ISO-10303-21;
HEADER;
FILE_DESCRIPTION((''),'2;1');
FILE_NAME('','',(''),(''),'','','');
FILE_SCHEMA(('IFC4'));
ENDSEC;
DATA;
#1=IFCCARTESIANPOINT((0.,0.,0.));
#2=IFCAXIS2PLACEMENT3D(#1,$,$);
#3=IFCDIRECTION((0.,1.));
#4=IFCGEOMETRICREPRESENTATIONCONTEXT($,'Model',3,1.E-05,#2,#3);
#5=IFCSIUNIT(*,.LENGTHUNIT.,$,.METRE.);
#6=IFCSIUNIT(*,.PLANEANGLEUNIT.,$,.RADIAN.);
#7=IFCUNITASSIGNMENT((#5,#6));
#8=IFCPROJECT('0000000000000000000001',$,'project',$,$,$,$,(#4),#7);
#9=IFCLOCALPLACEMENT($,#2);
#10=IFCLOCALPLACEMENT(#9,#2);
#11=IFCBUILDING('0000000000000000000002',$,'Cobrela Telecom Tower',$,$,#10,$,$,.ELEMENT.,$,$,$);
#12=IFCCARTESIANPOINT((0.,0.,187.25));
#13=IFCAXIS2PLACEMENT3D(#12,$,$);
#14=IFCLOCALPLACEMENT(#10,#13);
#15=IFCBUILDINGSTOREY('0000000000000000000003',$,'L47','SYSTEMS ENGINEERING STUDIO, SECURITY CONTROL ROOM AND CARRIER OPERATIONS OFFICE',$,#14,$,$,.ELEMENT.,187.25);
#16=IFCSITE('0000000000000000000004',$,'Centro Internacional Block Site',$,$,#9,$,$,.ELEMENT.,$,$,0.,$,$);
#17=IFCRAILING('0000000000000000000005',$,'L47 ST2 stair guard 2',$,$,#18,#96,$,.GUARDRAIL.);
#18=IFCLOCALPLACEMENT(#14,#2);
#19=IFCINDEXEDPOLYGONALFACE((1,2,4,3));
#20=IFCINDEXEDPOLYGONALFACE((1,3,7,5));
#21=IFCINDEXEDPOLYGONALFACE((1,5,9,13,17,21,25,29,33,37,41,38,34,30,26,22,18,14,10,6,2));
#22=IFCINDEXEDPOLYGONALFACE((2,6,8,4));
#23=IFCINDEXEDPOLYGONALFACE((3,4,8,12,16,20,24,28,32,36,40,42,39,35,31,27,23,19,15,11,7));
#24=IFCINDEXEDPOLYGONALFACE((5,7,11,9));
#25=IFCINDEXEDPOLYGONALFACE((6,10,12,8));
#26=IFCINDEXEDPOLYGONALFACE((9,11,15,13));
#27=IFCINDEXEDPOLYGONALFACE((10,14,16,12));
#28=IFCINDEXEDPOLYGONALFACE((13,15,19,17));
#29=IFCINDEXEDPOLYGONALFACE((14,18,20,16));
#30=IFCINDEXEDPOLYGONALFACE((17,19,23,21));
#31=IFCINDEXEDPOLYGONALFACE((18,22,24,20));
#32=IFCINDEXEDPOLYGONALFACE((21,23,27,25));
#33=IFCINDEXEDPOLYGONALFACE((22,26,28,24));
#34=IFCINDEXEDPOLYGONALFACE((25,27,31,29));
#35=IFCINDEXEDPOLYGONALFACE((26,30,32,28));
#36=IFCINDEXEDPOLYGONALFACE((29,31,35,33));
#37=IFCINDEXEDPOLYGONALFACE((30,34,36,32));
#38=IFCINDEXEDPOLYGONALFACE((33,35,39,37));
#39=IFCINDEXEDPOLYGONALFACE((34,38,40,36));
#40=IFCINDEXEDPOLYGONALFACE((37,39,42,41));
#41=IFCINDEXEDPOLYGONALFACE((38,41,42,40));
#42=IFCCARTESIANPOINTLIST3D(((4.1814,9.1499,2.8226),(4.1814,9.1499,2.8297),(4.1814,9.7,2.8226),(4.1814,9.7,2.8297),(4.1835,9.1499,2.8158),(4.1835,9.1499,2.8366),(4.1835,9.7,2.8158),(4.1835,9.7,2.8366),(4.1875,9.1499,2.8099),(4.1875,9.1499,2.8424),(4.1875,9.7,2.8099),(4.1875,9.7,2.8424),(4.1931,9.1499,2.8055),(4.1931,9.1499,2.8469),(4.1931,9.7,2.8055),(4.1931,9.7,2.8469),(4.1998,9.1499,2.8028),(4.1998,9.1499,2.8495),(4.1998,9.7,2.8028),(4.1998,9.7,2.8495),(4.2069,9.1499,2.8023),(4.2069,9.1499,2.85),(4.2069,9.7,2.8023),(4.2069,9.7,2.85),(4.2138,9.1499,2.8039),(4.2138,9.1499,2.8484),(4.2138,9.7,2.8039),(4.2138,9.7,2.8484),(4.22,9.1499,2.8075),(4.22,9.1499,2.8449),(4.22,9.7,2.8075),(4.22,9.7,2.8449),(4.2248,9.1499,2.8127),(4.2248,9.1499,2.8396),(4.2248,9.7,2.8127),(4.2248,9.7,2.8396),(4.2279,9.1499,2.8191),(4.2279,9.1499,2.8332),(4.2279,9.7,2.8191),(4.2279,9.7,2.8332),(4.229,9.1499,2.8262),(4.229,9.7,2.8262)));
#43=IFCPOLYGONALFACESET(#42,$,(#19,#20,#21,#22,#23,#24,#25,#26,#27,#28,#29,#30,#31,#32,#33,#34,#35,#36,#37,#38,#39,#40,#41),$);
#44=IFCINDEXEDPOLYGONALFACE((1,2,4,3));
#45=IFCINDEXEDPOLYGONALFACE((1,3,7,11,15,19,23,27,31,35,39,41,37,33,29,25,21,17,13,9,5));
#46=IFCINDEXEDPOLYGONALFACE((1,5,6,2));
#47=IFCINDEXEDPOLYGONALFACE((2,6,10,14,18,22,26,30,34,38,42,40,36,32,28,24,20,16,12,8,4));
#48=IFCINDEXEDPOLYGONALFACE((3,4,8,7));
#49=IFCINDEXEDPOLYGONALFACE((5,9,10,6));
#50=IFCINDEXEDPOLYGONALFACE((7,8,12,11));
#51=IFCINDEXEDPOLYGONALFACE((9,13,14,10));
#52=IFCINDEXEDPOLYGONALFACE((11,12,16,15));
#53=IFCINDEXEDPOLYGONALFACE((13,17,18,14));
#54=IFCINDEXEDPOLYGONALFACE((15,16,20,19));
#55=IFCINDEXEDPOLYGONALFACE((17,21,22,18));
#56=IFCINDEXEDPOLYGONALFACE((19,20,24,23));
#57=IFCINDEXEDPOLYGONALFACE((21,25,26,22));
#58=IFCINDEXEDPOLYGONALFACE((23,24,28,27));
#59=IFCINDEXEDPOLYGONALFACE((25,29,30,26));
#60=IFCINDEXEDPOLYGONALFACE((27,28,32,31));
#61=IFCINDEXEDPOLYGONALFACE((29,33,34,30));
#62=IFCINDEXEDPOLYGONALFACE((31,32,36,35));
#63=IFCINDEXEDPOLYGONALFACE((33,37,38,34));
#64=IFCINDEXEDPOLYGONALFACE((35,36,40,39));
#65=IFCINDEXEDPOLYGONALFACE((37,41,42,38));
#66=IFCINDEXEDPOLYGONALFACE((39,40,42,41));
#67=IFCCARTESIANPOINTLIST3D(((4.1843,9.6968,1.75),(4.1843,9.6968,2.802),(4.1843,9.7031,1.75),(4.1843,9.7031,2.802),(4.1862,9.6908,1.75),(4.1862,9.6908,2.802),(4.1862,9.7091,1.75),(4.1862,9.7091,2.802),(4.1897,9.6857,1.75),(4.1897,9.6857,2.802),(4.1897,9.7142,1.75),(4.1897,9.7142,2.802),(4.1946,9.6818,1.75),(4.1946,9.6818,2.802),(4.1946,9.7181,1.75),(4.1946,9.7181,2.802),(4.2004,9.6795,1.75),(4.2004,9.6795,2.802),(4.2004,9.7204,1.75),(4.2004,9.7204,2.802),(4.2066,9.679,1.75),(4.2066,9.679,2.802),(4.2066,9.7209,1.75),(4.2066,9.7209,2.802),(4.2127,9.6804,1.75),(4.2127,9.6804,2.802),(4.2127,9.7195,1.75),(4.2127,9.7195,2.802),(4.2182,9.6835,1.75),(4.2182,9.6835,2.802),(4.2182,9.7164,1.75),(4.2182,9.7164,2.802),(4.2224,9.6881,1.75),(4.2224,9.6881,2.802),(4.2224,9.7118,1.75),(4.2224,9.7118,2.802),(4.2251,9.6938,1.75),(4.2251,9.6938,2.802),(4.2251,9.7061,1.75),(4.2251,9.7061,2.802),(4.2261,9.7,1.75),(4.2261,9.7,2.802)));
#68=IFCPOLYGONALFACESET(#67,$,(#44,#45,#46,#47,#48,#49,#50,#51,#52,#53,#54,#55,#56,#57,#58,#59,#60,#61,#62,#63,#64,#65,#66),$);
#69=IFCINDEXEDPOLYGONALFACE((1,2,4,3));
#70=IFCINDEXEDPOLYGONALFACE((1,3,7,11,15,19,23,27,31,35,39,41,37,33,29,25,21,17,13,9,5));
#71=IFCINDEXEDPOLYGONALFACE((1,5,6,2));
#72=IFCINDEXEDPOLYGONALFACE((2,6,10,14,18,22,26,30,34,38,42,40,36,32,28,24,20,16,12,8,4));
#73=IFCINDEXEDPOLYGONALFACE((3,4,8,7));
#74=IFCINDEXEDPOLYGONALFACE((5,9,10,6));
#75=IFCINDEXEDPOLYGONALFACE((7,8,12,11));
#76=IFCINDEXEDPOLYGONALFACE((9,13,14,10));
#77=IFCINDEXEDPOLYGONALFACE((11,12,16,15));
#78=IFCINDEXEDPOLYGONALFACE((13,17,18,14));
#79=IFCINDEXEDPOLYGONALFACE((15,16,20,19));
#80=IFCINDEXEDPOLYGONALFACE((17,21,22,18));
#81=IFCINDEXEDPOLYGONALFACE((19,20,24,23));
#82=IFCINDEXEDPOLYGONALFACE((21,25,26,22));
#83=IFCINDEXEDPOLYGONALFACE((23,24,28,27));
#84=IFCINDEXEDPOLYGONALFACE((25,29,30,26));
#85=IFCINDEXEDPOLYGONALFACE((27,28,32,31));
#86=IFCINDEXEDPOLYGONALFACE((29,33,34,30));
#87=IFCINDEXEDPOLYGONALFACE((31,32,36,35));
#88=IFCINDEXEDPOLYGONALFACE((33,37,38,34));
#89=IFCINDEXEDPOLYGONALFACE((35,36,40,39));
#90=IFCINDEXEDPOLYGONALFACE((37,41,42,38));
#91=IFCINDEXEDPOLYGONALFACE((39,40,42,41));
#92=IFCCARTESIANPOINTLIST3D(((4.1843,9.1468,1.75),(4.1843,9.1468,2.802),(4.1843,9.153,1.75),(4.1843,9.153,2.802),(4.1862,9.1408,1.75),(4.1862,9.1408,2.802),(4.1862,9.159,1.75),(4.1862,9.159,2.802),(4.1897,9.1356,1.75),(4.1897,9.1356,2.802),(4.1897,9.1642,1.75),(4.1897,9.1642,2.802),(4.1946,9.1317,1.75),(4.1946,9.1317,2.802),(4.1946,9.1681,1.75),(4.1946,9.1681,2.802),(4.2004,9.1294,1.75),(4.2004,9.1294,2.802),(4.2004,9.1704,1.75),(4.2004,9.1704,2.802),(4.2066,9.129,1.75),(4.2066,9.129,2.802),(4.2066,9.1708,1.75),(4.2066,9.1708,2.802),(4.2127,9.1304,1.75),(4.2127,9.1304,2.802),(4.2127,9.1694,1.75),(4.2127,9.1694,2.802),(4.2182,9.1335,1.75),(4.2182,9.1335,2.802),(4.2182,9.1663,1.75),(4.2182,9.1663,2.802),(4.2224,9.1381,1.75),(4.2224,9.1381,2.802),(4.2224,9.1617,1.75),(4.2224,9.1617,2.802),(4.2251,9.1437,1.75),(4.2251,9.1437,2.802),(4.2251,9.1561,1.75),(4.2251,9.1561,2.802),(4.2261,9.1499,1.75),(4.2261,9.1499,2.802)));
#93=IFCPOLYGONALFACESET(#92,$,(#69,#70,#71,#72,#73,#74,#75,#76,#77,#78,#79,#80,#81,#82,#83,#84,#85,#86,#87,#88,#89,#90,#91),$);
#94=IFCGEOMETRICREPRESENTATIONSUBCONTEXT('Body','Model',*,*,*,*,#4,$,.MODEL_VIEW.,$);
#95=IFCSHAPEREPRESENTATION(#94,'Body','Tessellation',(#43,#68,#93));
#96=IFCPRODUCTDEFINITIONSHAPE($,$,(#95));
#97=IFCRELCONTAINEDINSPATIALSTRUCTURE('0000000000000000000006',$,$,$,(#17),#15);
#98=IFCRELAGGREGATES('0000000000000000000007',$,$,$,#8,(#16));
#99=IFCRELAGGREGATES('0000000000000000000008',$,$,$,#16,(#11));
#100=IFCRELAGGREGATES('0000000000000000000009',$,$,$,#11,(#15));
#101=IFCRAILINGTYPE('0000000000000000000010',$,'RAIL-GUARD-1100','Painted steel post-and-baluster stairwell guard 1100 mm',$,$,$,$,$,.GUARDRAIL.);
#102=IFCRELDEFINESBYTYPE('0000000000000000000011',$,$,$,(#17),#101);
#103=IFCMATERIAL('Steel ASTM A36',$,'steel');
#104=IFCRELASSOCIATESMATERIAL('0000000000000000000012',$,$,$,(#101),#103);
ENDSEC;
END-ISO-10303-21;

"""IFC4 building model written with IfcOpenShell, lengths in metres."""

from ifc_helpers import new_model, si_unit, direction, frame, origin, origin_2d, place, context, subcontext, project, spatial, circle, extrude, material, type_object, element, save


model = new_model("IFC4")

# Units and contexts
model_context = context("Model", 3, precision=1e-05, world=origin(), true_north=direction((0.0, 1.0)))
body_context = subcontext(model_context, "Body", "Model", "MODEL_VIEW")
ifc_project = project(units=[si_unit("LENGTHUNIT", "METRE"), si_unit("PLANEANGLEUNIT", "RADIAN")], contexts=[model_context])

# Site, building, storey
site_placement = place(None, origin())
site = spatial("IfcSite", under=ifc_project, at=site_placement, Name="Centro Internacional Block Site", CompositionType="ELEMENT", RefElevation=0.0)
building_placement = place(site_placement, origin())
building = spatial("IfcBuilding", under=site, at=building_placement, Name="Cobrela Telecom Tower", CompositionType="ELEMENT")
storey_placement = place(building_placement, frame((0.0, 0.0, 187.25)))
storey = spatial("IfcBuildingStorey", under=building, at=storey_placement, Name="L47", Description="SYSTEMS ENGINEERING STUDIO, SECURITY CONTROL ROOM AND CARRIER OPERATIONS OFFICE", CompositionType="ELEMENT", Elevation=187.25)

# Shared definitions
ifc_material_1 = material(Name="Steel ASTM A36", Category="steel")

# Railing
railing_type = type_object("IfcRailingType", Name="RAIL-GUARD-1100", Description="Painted steel post-and-baluster stairwell guard 1100 mm", PredefinedType="GUARDRAIL", material=ifc_material_1)
railing_1_placement = place(storey_placement, frame((4.2051, 9.7, 1.75)))
element("IfcRailing", 1, at=railing_1_placement, inside=storey, type_object=railing_type, Name="L47 ST2 stair guard 2", PredefinedType="GUARDRAIL", context=body_context, shape_type="SweptSolid", body=[
    extrude(circle(Radius=0.0239, at=origin_2d()), frame((0.0, 0.0, 1.0762), z_axis=(0.0, -1.0, 0.0), x_axis=(1.0, 0.0, 0.0)), (0.0, 0.0, 1.0), 0.55),
    extrude(circle(Radius=0.021, at=origin_2d()), origin(), (0.0, 0.0, 1.0), 1.052),
    extrude(circle(Radius=0.021, at=origin_2d()), frame((0.0, -0.55, 0.0)), (0.0, 0.0, 1.0), 1.052),
])

save(model, "model.ifc")
